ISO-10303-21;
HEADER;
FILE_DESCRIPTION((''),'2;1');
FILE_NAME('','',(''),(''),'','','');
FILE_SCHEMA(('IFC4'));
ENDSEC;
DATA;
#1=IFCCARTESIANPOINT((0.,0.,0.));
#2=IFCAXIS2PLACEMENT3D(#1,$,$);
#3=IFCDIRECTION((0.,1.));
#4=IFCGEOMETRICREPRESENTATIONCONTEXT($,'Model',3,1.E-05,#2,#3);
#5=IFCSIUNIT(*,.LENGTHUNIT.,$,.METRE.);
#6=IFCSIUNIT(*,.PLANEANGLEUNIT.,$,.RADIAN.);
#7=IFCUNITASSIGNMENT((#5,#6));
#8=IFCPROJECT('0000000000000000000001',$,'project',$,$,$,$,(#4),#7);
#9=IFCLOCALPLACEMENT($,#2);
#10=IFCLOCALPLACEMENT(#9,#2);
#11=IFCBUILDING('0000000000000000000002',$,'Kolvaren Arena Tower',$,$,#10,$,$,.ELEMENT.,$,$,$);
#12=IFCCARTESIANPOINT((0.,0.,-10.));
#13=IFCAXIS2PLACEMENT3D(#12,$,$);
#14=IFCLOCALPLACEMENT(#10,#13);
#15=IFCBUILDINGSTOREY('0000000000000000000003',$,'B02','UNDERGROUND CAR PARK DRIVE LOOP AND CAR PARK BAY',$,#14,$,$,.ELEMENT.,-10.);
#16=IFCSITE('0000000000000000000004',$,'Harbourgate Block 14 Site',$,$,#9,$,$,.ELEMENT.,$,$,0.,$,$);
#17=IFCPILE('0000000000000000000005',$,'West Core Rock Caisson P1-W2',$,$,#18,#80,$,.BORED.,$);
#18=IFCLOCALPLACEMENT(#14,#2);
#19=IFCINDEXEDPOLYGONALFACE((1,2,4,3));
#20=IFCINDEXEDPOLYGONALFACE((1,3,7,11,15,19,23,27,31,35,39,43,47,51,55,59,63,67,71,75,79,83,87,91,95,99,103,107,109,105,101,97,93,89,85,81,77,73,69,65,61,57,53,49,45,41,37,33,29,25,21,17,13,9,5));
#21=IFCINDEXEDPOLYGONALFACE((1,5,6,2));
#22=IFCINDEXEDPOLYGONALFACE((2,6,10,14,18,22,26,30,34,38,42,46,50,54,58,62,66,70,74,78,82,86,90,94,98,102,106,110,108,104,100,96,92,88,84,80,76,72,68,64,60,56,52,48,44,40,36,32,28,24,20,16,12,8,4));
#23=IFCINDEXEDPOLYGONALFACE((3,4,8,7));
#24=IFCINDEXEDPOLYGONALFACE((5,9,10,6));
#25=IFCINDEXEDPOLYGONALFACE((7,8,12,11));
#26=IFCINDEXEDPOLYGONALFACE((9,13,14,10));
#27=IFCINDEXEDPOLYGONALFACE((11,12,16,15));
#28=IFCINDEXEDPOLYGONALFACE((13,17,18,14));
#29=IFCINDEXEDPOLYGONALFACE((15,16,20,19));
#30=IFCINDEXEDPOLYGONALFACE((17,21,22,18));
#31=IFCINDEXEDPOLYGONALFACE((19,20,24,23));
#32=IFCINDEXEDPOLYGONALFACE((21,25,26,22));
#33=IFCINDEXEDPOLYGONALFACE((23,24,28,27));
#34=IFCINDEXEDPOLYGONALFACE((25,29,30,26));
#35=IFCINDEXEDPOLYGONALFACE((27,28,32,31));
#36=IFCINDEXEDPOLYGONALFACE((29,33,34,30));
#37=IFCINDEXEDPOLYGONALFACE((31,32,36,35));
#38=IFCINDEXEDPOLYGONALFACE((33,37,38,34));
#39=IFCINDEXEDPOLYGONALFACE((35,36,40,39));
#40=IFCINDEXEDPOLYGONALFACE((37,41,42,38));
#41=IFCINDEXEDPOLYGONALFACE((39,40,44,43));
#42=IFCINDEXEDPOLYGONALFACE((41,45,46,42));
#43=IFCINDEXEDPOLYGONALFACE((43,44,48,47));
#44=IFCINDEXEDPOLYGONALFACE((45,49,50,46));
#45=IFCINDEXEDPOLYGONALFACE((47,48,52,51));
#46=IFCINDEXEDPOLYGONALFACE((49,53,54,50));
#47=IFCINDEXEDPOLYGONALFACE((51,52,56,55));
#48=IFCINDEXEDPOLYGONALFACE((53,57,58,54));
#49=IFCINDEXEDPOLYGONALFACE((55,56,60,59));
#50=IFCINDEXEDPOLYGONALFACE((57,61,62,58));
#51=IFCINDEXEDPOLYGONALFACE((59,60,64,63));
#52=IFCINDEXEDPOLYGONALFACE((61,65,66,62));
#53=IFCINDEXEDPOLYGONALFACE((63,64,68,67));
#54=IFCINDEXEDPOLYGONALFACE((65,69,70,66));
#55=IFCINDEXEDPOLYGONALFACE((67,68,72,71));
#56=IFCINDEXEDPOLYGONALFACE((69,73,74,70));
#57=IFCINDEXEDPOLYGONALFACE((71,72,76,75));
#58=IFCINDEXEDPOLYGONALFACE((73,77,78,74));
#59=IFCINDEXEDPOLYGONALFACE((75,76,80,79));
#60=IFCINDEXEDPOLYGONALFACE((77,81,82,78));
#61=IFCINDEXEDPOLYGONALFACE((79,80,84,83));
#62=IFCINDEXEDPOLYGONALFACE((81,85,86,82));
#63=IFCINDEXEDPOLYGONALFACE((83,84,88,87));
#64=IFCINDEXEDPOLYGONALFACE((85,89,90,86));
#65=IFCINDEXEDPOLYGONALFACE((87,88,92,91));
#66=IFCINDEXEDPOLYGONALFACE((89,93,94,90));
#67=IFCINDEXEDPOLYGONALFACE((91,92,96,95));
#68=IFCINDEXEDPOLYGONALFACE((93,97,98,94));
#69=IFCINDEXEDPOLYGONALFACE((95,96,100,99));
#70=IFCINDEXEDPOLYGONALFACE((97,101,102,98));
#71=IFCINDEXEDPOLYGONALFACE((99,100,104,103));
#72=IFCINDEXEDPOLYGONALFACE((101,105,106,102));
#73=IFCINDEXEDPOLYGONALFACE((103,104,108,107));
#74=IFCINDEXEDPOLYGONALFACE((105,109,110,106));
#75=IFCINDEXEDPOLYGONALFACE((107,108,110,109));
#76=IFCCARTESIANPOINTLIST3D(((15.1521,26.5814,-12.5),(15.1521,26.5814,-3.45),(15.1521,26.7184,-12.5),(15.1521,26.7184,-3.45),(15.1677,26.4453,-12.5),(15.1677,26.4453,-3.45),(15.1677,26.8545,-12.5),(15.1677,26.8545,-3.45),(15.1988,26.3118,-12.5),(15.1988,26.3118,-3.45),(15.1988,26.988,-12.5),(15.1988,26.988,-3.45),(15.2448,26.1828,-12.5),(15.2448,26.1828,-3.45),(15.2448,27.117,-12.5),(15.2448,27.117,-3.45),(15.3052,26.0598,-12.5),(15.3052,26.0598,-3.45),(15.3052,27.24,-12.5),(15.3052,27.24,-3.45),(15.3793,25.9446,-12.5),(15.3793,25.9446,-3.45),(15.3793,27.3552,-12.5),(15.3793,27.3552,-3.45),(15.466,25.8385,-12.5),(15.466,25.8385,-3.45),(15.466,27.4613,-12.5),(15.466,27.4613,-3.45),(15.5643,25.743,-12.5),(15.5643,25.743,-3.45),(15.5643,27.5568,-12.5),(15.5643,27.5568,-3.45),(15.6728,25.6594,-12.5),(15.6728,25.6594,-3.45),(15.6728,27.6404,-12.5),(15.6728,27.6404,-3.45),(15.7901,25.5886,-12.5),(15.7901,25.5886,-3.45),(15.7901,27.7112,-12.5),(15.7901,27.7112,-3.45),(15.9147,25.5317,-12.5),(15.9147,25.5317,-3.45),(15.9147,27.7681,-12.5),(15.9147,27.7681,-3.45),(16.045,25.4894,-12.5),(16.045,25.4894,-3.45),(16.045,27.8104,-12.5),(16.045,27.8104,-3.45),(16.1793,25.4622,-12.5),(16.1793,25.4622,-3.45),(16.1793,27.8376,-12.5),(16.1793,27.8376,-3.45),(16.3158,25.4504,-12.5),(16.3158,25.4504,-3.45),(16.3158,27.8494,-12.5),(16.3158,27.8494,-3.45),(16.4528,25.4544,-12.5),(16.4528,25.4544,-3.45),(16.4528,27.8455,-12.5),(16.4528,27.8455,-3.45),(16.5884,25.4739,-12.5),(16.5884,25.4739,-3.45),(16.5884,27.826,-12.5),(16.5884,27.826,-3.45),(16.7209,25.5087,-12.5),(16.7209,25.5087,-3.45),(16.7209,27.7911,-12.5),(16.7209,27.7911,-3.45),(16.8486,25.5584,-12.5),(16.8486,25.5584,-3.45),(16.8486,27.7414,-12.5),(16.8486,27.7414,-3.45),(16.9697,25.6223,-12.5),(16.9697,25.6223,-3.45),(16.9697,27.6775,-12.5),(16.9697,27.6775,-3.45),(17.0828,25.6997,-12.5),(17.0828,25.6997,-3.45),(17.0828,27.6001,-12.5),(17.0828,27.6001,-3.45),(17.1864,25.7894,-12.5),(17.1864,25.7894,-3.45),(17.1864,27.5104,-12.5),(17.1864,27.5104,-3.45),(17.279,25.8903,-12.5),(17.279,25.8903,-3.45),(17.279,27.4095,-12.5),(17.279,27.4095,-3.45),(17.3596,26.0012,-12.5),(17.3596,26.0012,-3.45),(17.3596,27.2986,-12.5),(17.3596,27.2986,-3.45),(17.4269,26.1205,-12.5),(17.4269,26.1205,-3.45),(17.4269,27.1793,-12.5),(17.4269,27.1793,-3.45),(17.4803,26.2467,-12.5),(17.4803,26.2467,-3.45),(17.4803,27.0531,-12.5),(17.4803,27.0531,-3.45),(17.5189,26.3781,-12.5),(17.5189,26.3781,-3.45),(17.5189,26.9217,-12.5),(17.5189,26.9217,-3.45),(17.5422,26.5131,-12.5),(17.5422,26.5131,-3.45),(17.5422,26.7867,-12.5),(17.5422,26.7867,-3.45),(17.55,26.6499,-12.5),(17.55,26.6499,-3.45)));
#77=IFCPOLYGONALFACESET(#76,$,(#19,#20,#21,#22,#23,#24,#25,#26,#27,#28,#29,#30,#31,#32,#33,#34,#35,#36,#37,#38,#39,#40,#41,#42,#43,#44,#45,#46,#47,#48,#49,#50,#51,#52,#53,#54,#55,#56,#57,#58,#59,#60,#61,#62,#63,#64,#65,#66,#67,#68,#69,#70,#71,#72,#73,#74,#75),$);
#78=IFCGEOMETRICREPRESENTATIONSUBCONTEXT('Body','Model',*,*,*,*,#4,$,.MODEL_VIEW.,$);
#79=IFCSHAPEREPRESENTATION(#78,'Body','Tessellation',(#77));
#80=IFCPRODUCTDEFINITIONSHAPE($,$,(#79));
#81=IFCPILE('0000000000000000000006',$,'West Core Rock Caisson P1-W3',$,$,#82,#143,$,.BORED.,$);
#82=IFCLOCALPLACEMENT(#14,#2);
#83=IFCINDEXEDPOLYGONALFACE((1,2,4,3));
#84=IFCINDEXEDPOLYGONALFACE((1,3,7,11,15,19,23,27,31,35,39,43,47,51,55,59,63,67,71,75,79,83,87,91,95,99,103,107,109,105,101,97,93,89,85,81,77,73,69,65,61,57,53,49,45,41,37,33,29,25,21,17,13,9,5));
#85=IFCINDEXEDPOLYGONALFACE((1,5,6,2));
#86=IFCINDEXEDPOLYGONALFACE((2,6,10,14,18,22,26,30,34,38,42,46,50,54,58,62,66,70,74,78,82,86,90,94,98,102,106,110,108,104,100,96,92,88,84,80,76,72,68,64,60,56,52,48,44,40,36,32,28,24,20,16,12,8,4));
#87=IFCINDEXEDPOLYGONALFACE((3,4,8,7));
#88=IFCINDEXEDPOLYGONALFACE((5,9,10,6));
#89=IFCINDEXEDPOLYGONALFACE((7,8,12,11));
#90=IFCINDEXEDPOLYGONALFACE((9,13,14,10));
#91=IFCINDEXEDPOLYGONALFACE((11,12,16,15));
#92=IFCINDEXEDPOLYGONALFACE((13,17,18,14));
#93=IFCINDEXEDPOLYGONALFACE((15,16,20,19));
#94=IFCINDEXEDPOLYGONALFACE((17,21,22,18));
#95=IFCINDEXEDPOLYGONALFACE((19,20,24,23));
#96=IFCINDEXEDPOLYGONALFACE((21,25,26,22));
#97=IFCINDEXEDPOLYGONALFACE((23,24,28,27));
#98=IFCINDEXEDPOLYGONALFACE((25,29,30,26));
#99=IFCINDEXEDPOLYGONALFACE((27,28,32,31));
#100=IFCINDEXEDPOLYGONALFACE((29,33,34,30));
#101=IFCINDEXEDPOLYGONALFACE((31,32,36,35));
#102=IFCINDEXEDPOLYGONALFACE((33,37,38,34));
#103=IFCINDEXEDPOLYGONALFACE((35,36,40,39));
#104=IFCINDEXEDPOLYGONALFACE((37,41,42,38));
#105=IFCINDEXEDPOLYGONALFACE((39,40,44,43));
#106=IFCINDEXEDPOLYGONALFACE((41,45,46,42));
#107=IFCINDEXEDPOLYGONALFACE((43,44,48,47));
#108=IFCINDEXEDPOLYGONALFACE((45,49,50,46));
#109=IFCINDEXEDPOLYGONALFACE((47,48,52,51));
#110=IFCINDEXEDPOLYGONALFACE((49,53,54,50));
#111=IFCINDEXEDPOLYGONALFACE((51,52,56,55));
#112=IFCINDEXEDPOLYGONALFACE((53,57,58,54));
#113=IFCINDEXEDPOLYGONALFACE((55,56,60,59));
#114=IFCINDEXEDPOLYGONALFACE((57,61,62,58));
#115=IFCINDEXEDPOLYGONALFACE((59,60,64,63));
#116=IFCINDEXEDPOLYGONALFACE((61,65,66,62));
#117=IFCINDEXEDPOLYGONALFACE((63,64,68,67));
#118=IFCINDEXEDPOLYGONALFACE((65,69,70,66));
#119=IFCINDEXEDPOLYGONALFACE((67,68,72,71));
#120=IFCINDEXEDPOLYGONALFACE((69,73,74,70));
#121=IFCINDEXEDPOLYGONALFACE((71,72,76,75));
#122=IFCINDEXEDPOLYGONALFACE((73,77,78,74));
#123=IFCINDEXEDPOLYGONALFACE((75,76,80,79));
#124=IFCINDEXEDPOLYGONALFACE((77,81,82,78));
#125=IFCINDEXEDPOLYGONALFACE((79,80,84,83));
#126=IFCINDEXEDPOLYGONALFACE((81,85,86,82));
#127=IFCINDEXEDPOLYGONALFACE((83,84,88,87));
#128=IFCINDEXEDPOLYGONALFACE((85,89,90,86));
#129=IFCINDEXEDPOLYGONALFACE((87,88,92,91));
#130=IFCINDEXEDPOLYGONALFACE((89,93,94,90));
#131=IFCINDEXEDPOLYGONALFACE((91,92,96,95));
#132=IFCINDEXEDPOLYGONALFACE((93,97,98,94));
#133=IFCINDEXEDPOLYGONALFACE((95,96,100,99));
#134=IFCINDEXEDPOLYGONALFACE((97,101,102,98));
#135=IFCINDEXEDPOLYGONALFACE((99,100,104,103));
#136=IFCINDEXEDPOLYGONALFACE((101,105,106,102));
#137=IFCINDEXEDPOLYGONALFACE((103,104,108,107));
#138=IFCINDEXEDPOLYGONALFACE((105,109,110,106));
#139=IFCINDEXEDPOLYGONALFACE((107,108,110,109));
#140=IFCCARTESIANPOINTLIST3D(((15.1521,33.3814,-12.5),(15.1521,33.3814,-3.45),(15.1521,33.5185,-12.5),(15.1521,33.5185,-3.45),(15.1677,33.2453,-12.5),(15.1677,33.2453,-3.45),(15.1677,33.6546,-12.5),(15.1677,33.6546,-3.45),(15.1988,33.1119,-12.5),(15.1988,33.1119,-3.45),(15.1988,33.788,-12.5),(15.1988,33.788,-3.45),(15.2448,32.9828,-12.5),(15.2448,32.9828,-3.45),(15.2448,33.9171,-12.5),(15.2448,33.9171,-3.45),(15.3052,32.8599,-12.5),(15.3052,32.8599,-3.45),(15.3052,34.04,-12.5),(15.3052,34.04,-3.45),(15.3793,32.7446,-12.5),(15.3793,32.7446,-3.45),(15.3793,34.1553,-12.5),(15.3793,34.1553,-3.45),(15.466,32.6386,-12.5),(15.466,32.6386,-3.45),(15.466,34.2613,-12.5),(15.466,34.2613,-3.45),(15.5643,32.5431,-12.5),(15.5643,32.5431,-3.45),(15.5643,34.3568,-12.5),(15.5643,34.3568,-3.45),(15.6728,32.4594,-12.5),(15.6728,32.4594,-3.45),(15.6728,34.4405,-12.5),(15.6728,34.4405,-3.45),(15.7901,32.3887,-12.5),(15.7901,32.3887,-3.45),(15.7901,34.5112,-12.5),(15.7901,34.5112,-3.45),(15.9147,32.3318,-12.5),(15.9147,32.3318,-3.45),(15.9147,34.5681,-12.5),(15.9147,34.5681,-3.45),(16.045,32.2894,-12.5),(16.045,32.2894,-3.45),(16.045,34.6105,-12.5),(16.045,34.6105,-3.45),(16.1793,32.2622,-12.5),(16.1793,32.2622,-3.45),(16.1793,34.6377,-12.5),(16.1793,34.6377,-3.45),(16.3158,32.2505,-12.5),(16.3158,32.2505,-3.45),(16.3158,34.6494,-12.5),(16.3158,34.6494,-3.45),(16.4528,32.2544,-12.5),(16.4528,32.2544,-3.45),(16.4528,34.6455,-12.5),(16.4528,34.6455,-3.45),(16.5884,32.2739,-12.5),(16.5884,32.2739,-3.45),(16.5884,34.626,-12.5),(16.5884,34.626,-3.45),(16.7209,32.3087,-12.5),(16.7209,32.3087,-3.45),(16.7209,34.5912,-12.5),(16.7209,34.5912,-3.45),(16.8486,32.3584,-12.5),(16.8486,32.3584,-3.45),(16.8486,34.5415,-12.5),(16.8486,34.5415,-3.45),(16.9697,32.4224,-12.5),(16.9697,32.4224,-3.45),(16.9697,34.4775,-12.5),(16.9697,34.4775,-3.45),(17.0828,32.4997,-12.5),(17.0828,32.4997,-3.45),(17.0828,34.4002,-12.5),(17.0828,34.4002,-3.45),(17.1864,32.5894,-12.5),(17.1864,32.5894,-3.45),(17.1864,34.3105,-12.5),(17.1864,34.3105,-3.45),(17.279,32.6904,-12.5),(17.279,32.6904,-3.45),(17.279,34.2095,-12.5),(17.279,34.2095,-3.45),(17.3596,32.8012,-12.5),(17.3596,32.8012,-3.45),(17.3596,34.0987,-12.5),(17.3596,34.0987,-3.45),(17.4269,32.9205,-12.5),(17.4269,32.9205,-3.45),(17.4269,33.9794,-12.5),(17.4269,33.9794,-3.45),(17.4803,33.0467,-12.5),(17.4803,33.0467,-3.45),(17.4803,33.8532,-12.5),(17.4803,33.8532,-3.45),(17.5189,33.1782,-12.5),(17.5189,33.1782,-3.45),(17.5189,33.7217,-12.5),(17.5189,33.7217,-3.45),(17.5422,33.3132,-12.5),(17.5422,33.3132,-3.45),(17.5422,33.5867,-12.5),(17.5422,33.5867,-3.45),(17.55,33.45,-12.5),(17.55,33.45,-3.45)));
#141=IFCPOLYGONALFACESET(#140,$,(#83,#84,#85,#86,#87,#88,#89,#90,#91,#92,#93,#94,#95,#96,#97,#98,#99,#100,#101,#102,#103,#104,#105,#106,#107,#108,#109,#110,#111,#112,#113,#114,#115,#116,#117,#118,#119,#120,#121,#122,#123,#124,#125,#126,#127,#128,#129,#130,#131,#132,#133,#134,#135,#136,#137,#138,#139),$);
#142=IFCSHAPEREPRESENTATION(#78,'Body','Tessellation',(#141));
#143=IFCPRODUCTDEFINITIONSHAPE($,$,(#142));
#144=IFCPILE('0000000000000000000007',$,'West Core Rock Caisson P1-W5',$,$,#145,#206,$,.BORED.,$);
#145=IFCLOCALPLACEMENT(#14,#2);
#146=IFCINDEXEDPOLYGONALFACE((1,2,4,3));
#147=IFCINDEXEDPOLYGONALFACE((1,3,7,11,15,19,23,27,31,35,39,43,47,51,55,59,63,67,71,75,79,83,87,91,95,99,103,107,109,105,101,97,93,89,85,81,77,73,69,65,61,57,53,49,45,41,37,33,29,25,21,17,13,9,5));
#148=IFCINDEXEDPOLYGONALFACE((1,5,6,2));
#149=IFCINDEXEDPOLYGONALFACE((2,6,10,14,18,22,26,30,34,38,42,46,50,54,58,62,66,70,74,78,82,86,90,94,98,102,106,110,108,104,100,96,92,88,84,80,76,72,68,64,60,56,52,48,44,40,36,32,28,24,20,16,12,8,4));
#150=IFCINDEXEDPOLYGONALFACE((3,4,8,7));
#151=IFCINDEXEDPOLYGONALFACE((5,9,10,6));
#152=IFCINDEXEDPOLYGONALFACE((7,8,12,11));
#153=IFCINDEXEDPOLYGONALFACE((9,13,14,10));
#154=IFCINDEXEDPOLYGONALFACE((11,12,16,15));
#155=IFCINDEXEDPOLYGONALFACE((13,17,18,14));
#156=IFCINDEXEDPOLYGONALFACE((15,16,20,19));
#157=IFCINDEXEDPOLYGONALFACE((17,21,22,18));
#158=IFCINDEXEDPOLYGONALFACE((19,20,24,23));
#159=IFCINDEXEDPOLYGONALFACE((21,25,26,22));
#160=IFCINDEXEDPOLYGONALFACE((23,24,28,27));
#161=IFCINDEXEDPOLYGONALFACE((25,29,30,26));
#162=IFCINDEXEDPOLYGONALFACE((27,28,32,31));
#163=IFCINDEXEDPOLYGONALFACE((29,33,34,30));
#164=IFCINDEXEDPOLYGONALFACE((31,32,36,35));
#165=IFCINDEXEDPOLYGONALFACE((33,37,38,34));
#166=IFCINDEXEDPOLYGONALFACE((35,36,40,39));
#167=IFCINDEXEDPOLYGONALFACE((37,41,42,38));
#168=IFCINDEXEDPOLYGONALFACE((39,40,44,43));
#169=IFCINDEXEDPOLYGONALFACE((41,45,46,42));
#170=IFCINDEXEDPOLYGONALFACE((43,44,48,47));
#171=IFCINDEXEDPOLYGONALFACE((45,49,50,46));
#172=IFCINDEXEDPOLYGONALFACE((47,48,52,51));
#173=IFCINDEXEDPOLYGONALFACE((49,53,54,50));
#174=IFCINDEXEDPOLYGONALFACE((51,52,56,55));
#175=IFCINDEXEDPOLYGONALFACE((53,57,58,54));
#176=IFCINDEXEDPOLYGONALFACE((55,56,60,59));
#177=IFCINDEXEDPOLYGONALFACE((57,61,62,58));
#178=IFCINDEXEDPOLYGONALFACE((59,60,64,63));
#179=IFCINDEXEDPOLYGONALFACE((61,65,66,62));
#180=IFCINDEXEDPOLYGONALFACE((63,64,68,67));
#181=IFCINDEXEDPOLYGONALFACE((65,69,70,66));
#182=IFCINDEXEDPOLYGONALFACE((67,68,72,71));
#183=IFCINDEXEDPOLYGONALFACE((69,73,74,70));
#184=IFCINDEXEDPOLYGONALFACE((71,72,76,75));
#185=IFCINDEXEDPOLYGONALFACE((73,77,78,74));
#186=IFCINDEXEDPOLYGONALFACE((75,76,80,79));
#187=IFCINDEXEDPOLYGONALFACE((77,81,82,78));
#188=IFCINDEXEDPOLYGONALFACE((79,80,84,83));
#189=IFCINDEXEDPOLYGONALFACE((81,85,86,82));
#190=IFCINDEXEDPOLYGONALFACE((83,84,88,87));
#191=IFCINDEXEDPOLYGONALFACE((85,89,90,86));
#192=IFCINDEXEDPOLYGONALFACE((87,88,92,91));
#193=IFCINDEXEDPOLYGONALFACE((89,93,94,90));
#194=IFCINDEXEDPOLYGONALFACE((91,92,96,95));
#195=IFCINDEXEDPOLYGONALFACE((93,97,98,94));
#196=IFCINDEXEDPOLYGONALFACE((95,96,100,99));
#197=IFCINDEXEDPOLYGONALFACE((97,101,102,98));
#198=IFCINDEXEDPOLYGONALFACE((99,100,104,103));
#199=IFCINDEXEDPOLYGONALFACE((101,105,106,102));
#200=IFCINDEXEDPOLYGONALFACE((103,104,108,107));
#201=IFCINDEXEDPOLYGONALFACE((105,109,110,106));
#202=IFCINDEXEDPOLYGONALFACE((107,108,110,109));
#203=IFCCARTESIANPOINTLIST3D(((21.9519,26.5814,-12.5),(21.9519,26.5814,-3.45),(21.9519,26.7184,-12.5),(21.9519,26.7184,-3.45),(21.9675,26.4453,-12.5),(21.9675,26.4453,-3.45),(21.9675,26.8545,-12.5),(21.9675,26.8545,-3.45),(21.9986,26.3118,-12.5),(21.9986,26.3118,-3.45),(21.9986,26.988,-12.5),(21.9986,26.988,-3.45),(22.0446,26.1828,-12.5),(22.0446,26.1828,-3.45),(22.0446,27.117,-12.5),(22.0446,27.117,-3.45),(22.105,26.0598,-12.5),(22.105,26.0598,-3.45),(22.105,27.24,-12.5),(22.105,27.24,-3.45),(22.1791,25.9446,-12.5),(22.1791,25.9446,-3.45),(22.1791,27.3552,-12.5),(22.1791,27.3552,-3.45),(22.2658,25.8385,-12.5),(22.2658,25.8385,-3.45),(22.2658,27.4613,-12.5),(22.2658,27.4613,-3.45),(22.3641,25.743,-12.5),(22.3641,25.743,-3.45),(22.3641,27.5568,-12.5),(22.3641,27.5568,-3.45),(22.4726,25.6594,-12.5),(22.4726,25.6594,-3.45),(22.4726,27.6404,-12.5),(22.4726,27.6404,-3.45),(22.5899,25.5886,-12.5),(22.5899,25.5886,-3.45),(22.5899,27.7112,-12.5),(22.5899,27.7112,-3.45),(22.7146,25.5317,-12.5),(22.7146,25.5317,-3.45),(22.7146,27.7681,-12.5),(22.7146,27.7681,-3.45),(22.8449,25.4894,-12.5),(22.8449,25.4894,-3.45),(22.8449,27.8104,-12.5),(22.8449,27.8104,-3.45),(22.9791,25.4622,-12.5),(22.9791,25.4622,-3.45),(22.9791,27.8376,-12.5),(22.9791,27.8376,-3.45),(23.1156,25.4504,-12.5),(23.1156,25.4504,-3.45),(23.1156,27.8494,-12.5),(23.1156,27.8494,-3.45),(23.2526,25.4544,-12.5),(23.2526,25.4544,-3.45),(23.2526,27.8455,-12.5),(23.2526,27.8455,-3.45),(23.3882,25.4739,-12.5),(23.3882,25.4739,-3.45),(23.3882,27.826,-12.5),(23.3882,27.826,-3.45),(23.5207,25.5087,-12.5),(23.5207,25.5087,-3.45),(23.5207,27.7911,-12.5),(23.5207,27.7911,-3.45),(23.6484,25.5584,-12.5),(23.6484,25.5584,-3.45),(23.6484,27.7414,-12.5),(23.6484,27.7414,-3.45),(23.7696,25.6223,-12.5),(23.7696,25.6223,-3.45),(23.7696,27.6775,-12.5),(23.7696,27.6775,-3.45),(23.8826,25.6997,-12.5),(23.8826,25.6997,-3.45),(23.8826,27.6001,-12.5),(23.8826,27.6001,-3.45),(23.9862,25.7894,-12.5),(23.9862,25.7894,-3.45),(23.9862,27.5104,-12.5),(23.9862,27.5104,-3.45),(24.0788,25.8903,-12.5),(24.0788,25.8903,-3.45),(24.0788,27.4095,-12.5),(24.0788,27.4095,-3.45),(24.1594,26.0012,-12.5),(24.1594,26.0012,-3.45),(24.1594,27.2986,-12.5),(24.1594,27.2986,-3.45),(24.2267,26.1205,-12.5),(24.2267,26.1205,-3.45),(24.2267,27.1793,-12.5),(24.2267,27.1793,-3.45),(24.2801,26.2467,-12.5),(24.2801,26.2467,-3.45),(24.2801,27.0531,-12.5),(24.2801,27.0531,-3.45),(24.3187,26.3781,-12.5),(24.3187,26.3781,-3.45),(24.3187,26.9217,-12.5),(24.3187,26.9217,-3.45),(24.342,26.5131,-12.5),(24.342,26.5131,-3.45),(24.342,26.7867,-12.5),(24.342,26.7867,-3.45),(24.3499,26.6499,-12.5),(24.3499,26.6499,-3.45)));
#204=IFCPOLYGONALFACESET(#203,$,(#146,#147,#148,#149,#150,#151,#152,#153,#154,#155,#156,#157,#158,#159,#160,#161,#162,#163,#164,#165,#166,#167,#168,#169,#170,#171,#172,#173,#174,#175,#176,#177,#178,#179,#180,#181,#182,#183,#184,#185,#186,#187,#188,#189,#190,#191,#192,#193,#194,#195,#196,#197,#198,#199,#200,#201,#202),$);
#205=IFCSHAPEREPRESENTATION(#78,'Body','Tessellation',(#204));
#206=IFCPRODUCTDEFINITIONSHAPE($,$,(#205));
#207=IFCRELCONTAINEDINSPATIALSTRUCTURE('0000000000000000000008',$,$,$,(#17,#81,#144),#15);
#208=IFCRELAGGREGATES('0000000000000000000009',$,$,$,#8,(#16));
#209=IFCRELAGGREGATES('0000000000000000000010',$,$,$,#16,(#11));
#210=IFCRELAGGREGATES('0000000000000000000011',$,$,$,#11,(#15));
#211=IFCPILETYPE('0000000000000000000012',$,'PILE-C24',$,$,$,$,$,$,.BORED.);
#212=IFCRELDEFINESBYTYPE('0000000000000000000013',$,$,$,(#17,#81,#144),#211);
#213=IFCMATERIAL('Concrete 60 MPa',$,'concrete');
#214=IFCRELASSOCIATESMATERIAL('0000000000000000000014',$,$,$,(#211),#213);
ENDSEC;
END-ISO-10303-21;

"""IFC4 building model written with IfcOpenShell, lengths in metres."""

from ifc_helpers import new_model, si_unit, direction, frame, origin, origin_2d, place, context, subcontext, project, spatial, circle, extrude, material, material_profile, profile_set, type_object, element, save


model = new_model("IFC4")

# Units and contexts
model_context = context("Model", 3, precision=1e-05, world=origin(), true_north=direction((0.0, 1.0)))
body_context = subcontext(model_context, "Body", "Model", "MODEL_VIEW")
ifc_project = project(units=[si_unit("LENGTHUNIT", "METRE"), si_unit("PLANEANGLEUNIT", "RADIAN")], contexts=[model_context])

# Site, building, storey
site_placement = place(None, origin())
site = spatial("IfcSite", under=ifc_project, at=site_placement, Name="Harbourgate Block 14 Site", CompositionType="ELEMENT", RefElevation=0.0)
building_placement = place(site_placement, origin())
building = spatial("IfcBuilding", under=site, at=building_placement, Name="Kolvaren Arena Tower", CompositionType="ELEMENT")
storey_placement = place(building_placement, frame((0.0, 0.0, -10.0)))
storey = spatial("IfcBuildingStorey", under=building, at=storey_placement, Name="B02", Description="UNDERGROUND CAR PARK DRIVE LOOP AND CAR PARK BAY", CompositionType="ELEMENT", Elevation=-10.0)

# Piles
ifc_material_1 = material(Name="Concrete 60 MPa", Category="concrete")
ifc_material_profile_1 = material_profile(ifc_material_1, circle(Radius=1.2, at=origin_2d()), Name="CAISSON-D2400")
ifc_profile_set_1 = profile_set([ifc_material_profile_1], Name="Concrete 60 MPa")
pile_type = type_object("IfcPileType", Name="PILE-C24", PredefinedType="BORED", material=ifc_profile_set_1)
for number, where, z_axis, x_axis, name in (
    (1, (16.3501, 26.6499, -3.45), (0.0, 0.0, -1.0), (1.0, 0.0, 0.0), "West Core Rock Caisson P1-W2"),
    (2, (16.3501, 33.45, -3.45), (0.0, 0.0, -1.0), (1.0, 0.0, 0.0), "West Core Rock Caisson P1-W3"),
    (3, (23.1499, 26.6499, -3.45), (0.0, 0.0, -1.0), (1.0, 0.0, 0.0), "West Core Rock Caisson P1-W5"),
):
    element("IfcPile", number, at=place(storey_placement, frame(where, z_axis=z_axis, x_axis=x_axis)), inside=storey, type_object=pile_type, Name=name, PredefinedType="BORED", context=body_context, shape_type="SweptSolid", body=[
        extrude(circle(Radius=1.2, at=origin_2d()), origin(), (0.0, 0.0, 1.0), 9.05),
    ])

save(model, "model.ifc")
